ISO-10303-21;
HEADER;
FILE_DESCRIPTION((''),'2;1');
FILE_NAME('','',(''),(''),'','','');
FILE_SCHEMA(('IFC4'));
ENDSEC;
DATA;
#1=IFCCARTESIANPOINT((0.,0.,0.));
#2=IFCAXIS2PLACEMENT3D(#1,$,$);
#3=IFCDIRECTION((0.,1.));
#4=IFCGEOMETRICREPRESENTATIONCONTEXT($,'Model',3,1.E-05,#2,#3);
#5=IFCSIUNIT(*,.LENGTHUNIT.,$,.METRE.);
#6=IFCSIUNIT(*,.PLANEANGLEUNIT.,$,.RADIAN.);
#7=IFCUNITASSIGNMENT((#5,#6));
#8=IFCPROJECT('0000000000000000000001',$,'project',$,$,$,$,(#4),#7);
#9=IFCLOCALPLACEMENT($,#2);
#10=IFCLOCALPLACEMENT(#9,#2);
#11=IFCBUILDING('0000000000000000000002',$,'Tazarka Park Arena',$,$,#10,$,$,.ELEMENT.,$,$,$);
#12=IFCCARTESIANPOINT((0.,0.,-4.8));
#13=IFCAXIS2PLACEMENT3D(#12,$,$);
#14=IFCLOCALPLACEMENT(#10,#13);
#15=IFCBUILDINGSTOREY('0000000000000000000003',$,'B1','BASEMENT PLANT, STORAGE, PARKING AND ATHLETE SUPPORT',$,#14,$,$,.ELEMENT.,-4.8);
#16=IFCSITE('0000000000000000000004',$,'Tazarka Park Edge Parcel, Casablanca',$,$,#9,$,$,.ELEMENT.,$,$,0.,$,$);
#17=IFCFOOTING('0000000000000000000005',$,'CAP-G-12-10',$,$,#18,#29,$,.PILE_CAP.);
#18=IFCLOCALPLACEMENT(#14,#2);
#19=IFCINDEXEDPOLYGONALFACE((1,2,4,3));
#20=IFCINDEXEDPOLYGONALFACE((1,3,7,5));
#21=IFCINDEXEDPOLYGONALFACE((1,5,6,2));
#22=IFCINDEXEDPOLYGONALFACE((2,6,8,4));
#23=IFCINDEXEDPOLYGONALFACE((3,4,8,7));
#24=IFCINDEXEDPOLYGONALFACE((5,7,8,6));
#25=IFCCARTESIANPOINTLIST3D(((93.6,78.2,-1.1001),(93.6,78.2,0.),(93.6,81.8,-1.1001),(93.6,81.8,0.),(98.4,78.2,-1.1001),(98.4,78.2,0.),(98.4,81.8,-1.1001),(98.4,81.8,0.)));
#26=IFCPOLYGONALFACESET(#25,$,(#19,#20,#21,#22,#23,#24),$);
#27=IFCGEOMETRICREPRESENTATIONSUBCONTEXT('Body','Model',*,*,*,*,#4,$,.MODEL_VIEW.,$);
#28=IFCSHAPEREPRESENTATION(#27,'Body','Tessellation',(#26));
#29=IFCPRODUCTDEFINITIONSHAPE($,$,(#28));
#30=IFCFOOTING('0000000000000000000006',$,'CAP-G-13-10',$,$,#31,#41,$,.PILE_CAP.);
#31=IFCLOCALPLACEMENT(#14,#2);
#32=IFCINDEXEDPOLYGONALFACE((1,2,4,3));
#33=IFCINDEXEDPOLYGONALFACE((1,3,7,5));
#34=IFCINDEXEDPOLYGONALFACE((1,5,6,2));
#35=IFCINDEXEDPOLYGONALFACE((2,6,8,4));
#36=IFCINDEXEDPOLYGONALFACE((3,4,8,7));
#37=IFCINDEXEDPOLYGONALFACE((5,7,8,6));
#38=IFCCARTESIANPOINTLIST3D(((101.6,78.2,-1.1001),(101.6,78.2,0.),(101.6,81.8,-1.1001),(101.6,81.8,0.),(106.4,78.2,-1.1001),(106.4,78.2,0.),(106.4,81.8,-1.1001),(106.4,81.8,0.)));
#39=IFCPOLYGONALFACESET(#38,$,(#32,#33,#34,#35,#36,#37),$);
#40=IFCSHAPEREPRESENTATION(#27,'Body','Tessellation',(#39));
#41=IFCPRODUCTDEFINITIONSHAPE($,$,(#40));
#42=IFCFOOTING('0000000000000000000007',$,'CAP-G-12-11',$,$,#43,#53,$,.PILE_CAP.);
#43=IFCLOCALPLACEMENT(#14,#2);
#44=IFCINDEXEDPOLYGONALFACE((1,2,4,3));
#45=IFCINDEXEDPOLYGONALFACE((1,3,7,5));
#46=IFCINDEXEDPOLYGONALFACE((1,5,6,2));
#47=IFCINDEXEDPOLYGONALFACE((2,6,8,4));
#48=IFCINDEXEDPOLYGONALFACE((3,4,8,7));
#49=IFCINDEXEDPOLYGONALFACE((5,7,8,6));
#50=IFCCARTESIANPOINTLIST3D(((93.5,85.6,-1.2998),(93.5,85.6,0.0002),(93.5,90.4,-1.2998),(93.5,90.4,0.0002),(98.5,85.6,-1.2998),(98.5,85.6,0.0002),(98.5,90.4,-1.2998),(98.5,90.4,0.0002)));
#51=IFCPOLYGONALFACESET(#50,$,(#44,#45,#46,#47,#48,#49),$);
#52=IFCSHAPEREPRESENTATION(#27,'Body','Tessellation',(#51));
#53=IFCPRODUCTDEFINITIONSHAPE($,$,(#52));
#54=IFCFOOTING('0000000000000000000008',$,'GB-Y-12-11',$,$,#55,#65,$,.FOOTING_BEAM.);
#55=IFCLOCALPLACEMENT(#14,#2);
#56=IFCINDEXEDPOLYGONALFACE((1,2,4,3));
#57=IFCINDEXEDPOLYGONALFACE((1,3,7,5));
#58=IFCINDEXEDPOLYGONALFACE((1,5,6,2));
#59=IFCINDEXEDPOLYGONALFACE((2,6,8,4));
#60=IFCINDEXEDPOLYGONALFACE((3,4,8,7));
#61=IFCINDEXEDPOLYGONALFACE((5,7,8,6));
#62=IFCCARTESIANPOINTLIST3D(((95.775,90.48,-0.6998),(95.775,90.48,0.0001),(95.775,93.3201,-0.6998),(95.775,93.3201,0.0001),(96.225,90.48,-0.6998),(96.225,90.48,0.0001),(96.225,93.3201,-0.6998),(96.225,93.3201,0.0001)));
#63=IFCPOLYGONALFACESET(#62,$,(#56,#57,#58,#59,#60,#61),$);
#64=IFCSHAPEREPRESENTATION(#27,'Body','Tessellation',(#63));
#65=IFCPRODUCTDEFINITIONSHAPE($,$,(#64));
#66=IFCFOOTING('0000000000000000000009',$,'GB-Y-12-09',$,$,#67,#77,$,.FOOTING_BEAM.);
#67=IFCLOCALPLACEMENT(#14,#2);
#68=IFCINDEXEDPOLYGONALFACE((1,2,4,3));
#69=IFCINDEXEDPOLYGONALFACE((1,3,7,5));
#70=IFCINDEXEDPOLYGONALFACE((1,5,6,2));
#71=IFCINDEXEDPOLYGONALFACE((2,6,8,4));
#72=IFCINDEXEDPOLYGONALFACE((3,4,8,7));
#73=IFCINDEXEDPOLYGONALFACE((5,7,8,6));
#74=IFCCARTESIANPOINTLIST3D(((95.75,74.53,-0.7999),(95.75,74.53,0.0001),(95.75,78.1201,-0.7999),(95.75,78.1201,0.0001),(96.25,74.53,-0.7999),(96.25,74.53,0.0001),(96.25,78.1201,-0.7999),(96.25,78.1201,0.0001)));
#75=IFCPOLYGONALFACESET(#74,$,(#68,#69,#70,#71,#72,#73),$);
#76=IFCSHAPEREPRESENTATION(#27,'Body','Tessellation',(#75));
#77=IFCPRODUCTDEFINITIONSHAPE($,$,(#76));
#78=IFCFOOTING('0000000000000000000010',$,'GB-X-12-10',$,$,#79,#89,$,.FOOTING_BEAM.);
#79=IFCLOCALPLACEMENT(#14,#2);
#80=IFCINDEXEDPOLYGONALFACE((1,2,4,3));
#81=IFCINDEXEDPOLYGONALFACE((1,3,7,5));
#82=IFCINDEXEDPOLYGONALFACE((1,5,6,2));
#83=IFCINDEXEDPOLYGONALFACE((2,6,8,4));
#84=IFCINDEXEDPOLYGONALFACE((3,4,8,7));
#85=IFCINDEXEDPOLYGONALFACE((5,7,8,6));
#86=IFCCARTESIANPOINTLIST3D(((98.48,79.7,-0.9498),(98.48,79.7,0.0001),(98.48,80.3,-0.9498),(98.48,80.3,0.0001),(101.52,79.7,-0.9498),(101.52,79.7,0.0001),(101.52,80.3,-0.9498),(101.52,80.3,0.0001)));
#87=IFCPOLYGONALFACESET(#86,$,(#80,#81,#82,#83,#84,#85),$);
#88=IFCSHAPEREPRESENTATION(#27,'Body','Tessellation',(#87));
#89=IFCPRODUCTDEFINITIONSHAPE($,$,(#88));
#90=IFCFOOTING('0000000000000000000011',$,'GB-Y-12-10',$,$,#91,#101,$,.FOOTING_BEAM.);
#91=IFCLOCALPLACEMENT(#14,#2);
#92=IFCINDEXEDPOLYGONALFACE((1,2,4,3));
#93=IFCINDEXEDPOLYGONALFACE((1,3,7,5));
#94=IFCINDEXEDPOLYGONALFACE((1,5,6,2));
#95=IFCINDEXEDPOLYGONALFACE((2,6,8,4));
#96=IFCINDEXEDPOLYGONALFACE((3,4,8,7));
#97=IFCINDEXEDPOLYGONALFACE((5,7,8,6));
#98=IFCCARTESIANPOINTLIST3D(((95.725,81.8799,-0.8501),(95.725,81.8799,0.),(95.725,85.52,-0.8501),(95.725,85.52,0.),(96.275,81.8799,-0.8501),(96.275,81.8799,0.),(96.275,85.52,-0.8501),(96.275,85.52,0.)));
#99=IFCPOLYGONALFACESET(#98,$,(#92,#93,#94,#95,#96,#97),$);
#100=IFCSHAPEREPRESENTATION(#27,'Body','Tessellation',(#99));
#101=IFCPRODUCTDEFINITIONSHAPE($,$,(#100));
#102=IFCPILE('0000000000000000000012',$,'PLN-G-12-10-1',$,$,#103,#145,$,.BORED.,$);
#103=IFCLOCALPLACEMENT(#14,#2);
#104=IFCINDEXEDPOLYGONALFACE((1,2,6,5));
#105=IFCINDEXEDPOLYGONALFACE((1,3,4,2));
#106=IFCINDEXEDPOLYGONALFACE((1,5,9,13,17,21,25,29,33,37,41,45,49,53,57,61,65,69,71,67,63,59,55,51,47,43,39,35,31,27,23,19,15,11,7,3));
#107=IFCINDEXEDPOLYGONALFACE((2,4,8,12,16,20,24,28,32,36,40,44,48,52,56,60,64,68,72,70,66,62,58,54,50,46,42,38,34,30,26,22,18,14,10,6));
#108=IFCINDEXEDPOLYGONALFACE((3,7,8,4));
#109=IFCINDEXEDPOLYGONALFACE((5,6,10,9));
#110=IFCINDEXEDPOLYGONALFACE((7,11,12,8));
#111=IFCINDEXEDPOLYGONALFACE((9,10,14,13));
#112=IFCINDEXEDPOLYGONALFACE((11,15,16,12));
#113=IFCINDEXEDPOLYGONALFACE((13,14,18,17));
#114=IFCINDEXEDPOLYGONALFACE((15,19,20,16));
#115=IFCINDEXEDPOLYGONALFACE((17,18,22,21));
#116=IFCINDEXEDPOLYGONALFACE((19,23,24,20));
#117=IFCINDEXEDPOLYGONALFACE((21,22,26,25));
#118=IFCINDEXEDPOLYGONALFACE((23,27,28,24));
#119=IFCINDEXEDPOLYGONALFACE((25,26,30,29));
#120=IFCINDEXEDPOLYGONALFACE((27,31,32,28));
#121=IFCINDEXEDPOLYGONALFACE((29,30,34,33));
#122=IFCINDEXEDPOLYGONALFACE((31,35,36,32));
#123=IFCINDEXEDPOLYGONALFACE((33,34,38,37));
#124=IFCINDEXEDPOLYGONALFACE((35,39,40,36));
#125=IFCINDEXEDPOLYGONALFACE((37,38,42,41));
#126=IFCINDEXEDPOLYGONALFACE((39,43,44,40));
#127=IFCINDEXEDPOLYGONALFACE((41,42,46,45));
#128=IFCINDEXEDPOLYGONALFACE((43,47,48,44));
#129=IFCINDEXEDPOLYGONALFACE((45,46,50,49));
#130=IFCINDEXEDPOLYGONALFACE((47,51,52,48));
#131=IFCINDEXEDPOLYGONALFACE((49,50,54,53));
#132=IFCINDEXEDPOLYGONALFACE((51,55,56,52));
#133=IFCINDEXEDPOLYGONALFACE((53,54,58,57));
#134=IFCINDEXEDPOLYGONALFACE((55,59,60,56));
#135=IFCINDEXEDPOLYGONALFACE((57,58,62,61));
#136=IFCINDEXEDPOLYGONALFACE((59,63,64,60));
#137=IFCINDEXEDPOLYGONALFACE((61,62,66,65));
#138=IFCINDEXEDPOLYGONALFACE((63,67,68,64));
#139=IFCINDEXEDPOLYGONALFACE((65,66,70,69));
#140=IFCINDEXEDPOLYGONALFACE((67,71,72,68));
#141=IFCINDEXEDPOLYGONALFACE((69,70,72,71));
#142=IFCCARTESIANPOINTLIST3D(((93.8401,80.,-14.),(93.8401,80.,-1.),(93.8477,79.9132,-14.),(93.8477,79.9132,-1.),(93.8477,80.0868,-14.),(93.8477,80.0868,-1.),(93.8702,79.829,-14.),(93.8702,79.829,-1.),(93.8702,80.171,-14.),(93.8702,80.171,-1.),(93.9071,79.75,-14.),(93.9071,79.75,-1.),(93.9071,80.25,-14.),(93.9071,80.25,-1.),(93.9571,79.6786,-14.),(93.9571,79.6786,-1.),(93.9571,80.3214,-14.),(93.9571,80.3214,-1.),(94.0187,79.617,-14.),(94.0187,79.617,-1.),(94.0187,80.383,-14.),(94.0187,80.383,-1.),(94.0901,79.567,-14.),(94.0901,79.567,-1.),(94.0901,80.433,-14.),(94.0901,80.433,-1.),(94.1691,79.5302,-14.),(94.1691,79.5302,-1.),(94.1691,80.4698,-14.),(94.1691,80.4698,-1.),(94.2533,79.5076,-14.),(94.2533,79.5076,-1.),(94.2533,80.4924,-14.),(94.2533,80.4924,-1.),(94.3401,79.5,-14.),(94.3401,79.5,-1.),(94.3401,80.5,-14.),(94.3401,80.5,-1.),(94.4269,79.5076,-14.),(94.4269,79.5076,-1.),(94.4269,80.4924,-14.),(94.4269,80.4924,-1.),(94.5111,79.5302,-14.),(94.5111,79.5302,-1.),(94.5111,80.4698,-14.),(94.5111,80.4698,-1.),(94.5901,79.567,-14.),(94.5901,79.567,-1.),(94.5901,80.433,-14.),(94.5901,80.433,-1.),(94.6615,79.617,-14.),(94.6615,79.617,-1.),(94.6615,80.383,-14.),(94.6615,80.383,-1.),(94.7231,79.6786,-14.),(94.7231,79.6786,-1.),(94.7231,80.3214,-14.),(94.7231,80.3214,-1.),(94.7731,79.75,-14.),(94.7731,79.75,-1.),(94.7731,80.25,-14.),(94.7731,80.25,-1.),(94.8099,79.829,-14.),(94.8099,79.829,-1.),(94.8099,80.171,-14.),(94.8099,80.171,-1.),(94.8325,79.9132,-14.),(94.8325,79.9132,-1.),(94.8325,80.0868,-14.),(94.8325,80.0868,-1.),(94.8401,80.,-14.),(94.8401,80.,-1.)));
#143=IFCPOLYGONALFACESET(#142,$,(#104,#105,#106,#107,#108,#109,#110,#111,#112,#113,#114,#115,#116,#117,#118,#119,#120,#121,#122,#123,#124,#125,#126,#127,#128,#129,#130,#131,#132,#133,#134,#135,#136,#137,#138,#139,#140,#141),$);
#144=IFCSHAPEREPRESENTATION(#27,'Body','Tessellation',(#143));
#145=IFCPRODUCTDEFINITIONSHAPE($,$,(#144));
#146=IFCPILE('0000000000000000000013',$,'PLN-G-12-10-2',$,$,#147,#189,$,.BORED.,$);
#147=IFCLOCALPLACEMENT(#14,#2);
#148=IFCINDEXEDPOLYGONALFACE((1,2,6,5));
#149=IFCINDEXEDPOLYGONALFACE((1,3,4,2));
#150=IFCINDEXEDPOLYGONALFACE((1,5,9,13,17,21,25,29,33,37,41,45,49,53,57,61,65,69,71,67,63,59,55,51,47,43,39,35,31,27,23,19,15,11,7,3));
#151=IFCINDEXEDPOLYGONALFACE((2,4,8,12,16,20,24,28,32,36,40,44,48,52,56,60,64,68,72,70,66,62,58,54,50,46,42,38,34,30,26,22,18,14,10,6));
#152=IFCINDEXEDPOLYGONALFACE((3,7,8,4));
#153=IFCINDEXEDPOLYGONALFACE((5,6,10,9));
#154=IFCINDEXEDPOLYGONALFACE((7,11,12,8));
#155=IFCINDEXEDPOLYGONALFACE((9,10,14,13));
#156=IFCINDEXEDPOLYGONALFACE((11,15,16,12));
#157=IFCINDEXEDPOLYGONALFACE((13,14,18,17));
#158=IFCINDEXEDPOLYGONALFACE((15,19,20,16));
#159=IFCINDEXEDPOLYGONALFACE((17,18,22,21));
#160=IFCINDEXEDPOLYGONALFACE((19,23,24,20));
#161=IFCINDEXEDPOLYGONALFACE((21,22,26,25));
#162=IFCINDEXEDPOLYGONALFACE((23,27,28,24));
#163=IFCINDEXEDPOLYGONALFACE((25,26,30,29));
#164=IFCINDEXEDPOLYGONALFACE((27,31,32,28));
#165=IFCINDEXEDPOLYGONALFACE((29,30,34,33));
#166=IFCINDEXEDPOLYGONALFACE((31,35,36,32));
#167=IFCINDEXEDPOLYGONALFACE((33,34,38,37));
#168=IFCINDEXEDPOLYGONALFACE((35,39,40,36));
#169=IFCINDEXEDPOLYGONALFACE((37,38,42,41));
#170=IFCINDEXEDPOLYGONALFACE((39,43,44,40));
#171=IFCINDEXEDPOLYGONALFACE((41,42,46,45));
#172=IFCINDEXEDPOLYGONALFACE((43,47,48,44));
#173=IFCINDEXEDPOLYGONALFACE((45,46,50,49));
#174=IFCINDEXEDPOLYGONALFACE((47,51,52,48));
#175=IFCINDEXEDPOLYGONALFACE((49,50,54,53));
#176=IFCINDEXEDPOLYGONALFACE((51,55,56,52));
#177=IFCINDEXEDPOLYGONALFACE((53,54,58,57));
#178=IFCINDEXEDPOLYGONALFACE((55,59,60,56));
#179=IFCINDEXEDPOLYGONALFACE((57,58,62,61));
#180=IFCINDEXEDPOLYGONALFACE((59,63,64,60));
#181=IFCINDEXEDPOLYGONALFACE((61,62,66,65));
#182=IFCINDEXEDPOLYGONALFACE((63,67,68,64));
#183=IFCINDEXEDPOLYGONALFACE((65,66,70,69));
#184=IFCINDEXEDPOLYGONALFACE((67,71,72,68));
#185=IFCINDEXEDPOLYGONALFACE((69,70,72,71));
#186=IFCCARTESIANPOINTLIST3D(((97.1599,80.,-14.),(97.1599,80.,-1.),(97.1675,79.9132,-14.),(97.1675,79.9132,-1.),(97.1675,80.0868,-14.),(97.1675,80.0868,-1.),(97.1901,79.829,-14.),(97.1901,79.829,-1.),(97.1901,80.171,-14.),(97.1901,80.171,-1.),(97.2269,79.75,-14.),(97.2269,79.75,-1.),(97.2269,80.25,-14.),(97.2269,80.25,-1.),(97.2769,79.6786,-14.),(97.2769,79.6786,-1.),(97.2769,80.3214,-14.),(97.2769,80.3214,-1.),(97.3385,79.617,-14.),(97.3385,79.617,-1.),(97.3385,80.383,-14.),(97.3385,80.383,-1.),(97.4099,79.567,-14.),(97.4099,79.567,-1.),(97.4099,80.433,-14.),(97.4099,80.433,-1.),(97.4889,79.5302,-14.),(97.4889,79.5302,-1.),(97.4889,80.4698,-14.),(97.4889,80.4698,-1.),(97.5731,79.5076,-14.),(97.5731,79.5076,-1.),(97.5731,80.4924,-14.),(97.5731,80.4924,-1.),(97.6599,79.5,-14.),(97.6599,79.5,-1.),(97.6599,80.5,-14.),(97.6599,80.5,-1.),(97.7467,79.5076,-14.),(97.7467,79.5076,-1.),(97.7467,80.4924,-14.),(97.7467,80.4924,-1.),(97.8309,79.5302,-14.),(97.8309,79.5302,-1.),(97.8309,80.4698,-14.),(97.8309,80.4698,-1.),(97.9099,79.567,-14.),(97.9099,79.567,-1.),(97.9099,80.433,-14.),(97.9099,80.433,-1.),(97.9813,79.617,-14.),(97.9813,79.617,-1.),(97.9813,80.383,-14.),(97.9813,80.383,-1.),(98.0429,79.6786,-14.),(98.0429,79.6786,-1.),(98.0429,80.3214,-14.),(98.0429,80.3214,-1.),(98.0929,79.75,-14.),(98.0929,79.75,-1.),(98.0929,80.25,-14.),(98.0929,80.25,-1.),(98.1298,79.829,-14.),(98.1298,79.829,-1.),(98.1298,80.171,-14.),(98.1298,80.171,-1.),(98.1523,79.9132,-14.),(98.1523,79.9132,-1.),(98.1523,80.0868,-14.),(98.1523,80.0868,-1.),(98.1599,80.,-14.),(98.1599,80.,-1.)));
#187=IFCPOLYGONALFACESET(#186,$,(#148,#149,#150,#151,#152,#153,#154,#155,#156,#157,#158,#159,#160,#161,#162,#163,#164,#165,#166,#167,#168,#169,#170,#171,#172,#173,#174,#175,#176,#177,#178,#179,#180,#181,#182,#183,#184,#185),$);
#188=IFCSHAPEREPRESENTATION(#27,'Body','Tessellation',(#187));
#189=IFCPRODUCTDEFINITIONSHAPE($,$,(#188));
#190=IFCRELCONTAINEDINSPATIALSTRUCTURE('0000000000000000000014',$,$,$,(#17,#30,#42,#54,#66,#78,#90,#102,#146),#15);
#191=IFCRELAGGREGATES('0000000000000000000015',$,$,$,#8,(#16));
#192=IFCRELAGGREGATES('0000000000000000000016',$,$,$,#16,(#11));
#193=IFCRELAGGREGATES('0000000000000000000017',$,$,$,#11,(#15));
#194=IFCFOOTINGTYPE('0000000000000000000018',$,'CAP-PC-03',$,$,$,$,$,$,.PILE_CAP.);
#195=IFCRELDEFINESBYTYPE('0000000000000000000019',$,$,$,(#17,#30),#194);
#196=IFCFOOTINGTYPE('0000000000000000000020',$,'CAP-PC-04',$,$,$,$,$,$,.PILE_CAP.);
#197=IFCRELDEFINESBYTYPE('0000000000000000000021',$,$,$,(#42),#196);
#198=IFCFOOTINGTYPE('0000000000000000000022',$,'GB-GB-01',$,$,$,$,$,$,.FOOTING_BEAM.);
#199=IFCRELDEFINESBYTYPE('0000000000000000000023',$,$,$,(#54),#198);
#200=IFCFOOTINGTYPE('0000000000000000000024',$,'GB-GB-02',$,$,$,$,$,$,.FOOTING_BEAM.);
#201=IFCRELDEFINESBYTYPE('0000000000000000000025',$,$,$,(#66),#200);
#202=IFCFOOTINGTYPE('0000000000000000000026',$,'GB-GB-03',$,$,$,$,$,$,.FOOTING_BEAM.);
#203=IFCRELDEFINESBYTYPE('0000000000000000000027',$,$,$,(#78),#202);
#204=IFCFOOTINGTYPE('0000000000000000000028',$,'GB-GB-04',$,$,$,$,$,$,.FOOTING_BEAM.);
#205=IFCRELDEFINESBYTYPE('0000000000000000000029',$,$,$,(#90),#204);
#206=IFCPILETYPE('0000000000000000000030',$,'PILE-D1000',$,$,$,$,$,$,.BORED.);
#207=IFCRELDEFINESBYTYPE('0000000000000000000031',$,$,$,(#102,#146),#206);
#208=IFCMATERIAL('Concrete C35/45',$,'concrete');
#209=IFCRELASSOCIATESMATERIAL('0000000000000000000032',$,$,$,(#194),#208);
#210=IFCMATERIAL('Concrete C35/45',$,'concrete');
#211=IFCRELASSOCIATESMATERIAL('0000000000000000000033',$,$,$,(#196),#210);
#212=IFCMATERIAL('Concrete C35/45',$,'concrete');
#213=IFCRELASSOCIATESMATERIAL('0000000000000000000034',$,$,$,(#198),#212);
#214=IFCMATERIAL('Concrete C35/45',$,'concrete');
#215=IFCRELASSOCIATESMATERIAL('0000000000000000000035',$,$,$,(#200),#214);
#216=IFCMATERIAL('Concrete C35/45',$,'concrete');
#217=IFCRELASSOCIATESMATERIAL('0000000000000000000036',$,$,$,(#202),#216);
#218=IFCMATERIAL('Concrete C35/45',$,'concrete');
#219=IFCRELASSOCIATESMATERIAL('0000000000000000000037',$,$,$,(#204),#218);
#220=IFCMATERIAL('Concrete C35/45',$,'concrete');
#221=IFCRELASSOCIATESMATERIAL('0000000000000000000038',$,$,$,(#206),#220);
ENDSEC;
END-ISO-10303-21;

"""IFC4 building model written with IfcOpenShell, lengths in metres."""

from ifc_helpers import new_model, si_unit, direction, frame, origin, origin_2d, place, context, subcontext, project, spatial, rectangle, circle, extrude, material, material_profile, profile_set, type_object, element, save


model = new_model("IFC4")

# Units and contexts
model_context = context("Model", 3, precision=1e-05, world=origin(), true_north=direction((0.0, 1.0)))
body_context = subcontext(model_context, "Body", "Model", "MODEL_VIEW")
ifc_project = project(units=[si_unit("LENGTHUNIT", "METRE"), si_unit("PLANEANGLEUNIT", "RADIAN")], contexts=[model_context])

# Site, building, storey
site_placement = place(None, origin())
site = spatial("IfcSite", under=ifc_project, at=site_placement, Name="Tazarka Park Edge Parcel, Casablanca", CompositionType="ELEMENT", RefElevation=0.0)
building_placement = place(site_placement, origin())
building = spatial("IfcBuilding", under=site, at=building_placement, Name="Tazarka Park Arena", CompositionType="ELEMENT")
storey_placement = place(building_placement, frame((0.0, 0.0, -4.8)))
storey = spatial("IfcBuildingStorey", under=building, at=storey_placement, Name="B1", Description="BASEMENT PLANT, STORAGE, PARKING AND ATHLETE SUPPORT", CompositionType="ELEMENT", Elevation=-4.8)

# Footings
ifc_material_1 = material(Name="Concrete C35/45", Category="concrete")
footing_type_1 = type_object("IfcFootingType", Name="CAP-PC-03", PredefinedType="PILE_CAP", material=ifc_material_1)
for number, where, z_axis, x_axis, name in (
    (1, (96.0, 80.0, -1.1001), (0.0, 0.0, 1.0), (1.0, 0.0, 0.0), "CAP-G-12-10"),
    (2, (104.0, 80.0, -1.1001), (0.0, 0.0, 1.0), (1.0, 0.0, 0.0), "CAP-G-13-10"),
):
    element("IfcFooting", number, at=place(storey_placement, frame(where, z_axis=z_axis, x_axis=x_axis)), inside=storey, type_object=footing_type_1, Name=name, PredefinedType="PILE_CAP", context=body_context, shape_type="SweptSolid", body=[
        extrude(rectangle(XDim=4.8, YDim=3.6001, at=origin_2d()), origin(), (0.0, 0.0, 1.0), 1.1001),
    ])
ifc_material_2 = material(Name="Concrete C35/45", Category="concrete")
footing_type_2 = type_object("IfcFootingType", Name="CAP-PC-04", PredefinedType="PILE_CAP", material=ifc_material_2)
footing_1_placement = place(storey_placement, frame((96.0, 88.0, -1.2998), z_axis=(0.0, 0.0, 1.0), x_axis=(1.0, 0.0, 0.0)))
element("IfcFooting", 3, at=footing_1_placement, inside=storey, type_object=footing_type_2, Name="CAP-G-12-11", PredefinedType="PILE_CAP", context=body_context, shape_type="SweptSolid", body=[
    extrude(rectangle(XDim=5.0, YDim=4.8, at=origin_2d()), origin(), (0.0, 0.0, 1.0), 1.3),
])
ifc_material_3 = material(Name="Concrete C35/45", Category="concrete")
ifc_material_profile_1 = material_profile(ifc_material_3, rectangle(XDim=0.45, YDim=0.7, at=origin_2d()), Name="Concrete C35/45")
ifc_profile_set_1 = profile_set([ifc_material_profile_1], Name="Concrete C35/45")
footing_type_3 = type_object("IfcFootingType", Name="GB-GB-01", PredefinedType="FOOTING_BEAM", material=ifc_profile_set_1)
footing_2_placement = place(storey_placement, frame((96.0, 90.48, -0.3499), z_axis=(0.0, 1.0, 0.0), x_axis=(-1.0, 0.0, 0.0)))
element("IfcFooting", 4, at=footing_2_placement, inside=storey, type_object=footing_type_3, Name="GB-Y-12-11", PredefinedType="FOOTING_BEAM", context=body_context, shape_type="SweptSolid", body=[
    extrude(rectangle(XDim=0.45, YDim=0.7, at=origin_2d()), origin(), (0.0, 0.0, 1.0), 2.8401),
])
ifc_material_4 = material(Name="Concrete C35/45", Category="concrete")
ifc_material_profile_2 = material_profile(ifc_material_4, rectangle(XDim=0.5, YDim=0.8, at=origin_2d()), Name="Concrete C35/45")
ifc_profile_set_2 = profile_set([ifc_material_profile_2], Name="Concrete C35/45")
footing_type_4 = type_object("IfcFootingType", Name="GB-GB-02", PredefinedType="FOOTING_BEAM", material=ifc_profile_set_2)
footing_3_placement = place(storey_placement, frame((96.0, 74.53, -0.3999), z_axis=(0.0, 1.0, 0.0), x_axis=(-1.0, 0.0, 0.0)))
element("IfcFooting", 5, at=footing_3_placement, inside=storey, type_object=footing_type_4, Name="GB-Y-12-09", PredefinedType="FOOTING_BEAM", context=body_context, shape_type="SweptSolid", body=[
    extrude(rectangle(XDim=0.5, YDim=0.8, at=origin_2d()), origin(), (0.0, 0.0, 1.0), 3.5901),
])
ifc_material_5 = material(Name="Concrete C35/45", Category="concrete")
ifc_material_profile_3 = material_profile(ifc_material_5, rectangle(XDim=0.6001, YDim=0.95, at=origin_2d()), Name="Concrete C35/45")
ifc_profile_set_3 = profile_set([ifc_material_profile_3], Name="Concrete C35/45")
footing_type_5 = type_object("IfcFootingType", Name="GB-GB-03", PredefinedType="FOOTING_BEAM", material=ifc_profile_set_3)
footing_4_placement = place(storey_placement, frame((98.48, 80.0, -0.4749), z_axis=(1.0, 0.0, 0.0), x_axis=(0.0, 1.0, 0.0)))
element("IfcFooting", 6, at=footing_4_placement, inside=storey, type_object=footing_type_5, Name="GB-X-12-10", PredefinedType="FOOTING_BEAM", context=body_context, shape_type="SweptSolid", body=[
    extrude(rectangle(XDim=0.6001, YDim=0.95, at=origin_2d()), origin(), (0.0, 0.0, 1.0), 3.04),
])
ifc_material_6 = material(Name="Concrete C35/45", Category="concrete")
ifc_material_profile_4 = material_profile(ifc_material_6, rectangle(XDim=0.55, YDim=0.8501, at=origin_2d()), Name="Concrete C35/45")
ifc_profile_set_4 = profile_set([ifc_material_profile_4], Name="Concrete C35/45")
footing_type_6 = type_object("IfcFootingType", Name="GB-GB-04", PredefinedType="FOOTING_BEAM", material=ifc_profile_set_4)
footing_5_placement = place(storey_placement, frame((96.0, 81.8799, -0.425), z_axis=(0.0, 1.0, 0.0), x_axis=(-1.0, 0.0, 0.0)))
element("IfcFooting", 7, at=footing_5_placement, inside=storey, type_object=footing_type_6, Name="GB-Y-12-10", PredefinedType="FOOTING_BEAM", context=body_context, shape_type="SweptSolid", body=[
    extrude(rectangle(XDim=0.55, YDim=0.8501, at=origin_2d()), origin(), (0.0, 0.0, 1.0), 3.6401),
])

# Piles
ifc_material_7 = material(Name="Concrete C35/45", Category="concrete")
ifc_material_profile_5 = material_profile(ifc_material_7, circle(Radius=0.5, at=origin_2d()), Name="Concrete C35/45")
ifc_profile_set_5 = profile_set([ifc_material_profile_5], Name="Concrete C35/45")
pile_type_1 = type_object("IfcPileType", Name="PILE-D1000", PredefinedType="BORED", material=ifc_profile_set_5)
for number, where, z_axis, x_axis, name in (
    (8, (94.3401, 80.0, -1.0), (0.0, 0.0, -1.0), (1.0, 0.0, 0.0), "PLN-G-12-10-1"),
    (9, (97.6599, 80.0, -1.0), (0.0, 0.0, -1.0), (1.0, 0.0, 0.0), "PLN-G-12-10-2"),
):
    element("IfcPile", number, at=place(storey_placement, frame(where, z_axis=z_axis, x_axis=x_axis)), inside=storey, type_object=pile_type_1, Name=name, PredefinedType="BORED", context=body_context, shape_type="SweptSolid", body=[
        extrude(circle(Radius=0.5, at=origin_2d()), origin(), (0.0, 0.0, 1.0), 13.0),
    ])

save(model, "model.ifc")
